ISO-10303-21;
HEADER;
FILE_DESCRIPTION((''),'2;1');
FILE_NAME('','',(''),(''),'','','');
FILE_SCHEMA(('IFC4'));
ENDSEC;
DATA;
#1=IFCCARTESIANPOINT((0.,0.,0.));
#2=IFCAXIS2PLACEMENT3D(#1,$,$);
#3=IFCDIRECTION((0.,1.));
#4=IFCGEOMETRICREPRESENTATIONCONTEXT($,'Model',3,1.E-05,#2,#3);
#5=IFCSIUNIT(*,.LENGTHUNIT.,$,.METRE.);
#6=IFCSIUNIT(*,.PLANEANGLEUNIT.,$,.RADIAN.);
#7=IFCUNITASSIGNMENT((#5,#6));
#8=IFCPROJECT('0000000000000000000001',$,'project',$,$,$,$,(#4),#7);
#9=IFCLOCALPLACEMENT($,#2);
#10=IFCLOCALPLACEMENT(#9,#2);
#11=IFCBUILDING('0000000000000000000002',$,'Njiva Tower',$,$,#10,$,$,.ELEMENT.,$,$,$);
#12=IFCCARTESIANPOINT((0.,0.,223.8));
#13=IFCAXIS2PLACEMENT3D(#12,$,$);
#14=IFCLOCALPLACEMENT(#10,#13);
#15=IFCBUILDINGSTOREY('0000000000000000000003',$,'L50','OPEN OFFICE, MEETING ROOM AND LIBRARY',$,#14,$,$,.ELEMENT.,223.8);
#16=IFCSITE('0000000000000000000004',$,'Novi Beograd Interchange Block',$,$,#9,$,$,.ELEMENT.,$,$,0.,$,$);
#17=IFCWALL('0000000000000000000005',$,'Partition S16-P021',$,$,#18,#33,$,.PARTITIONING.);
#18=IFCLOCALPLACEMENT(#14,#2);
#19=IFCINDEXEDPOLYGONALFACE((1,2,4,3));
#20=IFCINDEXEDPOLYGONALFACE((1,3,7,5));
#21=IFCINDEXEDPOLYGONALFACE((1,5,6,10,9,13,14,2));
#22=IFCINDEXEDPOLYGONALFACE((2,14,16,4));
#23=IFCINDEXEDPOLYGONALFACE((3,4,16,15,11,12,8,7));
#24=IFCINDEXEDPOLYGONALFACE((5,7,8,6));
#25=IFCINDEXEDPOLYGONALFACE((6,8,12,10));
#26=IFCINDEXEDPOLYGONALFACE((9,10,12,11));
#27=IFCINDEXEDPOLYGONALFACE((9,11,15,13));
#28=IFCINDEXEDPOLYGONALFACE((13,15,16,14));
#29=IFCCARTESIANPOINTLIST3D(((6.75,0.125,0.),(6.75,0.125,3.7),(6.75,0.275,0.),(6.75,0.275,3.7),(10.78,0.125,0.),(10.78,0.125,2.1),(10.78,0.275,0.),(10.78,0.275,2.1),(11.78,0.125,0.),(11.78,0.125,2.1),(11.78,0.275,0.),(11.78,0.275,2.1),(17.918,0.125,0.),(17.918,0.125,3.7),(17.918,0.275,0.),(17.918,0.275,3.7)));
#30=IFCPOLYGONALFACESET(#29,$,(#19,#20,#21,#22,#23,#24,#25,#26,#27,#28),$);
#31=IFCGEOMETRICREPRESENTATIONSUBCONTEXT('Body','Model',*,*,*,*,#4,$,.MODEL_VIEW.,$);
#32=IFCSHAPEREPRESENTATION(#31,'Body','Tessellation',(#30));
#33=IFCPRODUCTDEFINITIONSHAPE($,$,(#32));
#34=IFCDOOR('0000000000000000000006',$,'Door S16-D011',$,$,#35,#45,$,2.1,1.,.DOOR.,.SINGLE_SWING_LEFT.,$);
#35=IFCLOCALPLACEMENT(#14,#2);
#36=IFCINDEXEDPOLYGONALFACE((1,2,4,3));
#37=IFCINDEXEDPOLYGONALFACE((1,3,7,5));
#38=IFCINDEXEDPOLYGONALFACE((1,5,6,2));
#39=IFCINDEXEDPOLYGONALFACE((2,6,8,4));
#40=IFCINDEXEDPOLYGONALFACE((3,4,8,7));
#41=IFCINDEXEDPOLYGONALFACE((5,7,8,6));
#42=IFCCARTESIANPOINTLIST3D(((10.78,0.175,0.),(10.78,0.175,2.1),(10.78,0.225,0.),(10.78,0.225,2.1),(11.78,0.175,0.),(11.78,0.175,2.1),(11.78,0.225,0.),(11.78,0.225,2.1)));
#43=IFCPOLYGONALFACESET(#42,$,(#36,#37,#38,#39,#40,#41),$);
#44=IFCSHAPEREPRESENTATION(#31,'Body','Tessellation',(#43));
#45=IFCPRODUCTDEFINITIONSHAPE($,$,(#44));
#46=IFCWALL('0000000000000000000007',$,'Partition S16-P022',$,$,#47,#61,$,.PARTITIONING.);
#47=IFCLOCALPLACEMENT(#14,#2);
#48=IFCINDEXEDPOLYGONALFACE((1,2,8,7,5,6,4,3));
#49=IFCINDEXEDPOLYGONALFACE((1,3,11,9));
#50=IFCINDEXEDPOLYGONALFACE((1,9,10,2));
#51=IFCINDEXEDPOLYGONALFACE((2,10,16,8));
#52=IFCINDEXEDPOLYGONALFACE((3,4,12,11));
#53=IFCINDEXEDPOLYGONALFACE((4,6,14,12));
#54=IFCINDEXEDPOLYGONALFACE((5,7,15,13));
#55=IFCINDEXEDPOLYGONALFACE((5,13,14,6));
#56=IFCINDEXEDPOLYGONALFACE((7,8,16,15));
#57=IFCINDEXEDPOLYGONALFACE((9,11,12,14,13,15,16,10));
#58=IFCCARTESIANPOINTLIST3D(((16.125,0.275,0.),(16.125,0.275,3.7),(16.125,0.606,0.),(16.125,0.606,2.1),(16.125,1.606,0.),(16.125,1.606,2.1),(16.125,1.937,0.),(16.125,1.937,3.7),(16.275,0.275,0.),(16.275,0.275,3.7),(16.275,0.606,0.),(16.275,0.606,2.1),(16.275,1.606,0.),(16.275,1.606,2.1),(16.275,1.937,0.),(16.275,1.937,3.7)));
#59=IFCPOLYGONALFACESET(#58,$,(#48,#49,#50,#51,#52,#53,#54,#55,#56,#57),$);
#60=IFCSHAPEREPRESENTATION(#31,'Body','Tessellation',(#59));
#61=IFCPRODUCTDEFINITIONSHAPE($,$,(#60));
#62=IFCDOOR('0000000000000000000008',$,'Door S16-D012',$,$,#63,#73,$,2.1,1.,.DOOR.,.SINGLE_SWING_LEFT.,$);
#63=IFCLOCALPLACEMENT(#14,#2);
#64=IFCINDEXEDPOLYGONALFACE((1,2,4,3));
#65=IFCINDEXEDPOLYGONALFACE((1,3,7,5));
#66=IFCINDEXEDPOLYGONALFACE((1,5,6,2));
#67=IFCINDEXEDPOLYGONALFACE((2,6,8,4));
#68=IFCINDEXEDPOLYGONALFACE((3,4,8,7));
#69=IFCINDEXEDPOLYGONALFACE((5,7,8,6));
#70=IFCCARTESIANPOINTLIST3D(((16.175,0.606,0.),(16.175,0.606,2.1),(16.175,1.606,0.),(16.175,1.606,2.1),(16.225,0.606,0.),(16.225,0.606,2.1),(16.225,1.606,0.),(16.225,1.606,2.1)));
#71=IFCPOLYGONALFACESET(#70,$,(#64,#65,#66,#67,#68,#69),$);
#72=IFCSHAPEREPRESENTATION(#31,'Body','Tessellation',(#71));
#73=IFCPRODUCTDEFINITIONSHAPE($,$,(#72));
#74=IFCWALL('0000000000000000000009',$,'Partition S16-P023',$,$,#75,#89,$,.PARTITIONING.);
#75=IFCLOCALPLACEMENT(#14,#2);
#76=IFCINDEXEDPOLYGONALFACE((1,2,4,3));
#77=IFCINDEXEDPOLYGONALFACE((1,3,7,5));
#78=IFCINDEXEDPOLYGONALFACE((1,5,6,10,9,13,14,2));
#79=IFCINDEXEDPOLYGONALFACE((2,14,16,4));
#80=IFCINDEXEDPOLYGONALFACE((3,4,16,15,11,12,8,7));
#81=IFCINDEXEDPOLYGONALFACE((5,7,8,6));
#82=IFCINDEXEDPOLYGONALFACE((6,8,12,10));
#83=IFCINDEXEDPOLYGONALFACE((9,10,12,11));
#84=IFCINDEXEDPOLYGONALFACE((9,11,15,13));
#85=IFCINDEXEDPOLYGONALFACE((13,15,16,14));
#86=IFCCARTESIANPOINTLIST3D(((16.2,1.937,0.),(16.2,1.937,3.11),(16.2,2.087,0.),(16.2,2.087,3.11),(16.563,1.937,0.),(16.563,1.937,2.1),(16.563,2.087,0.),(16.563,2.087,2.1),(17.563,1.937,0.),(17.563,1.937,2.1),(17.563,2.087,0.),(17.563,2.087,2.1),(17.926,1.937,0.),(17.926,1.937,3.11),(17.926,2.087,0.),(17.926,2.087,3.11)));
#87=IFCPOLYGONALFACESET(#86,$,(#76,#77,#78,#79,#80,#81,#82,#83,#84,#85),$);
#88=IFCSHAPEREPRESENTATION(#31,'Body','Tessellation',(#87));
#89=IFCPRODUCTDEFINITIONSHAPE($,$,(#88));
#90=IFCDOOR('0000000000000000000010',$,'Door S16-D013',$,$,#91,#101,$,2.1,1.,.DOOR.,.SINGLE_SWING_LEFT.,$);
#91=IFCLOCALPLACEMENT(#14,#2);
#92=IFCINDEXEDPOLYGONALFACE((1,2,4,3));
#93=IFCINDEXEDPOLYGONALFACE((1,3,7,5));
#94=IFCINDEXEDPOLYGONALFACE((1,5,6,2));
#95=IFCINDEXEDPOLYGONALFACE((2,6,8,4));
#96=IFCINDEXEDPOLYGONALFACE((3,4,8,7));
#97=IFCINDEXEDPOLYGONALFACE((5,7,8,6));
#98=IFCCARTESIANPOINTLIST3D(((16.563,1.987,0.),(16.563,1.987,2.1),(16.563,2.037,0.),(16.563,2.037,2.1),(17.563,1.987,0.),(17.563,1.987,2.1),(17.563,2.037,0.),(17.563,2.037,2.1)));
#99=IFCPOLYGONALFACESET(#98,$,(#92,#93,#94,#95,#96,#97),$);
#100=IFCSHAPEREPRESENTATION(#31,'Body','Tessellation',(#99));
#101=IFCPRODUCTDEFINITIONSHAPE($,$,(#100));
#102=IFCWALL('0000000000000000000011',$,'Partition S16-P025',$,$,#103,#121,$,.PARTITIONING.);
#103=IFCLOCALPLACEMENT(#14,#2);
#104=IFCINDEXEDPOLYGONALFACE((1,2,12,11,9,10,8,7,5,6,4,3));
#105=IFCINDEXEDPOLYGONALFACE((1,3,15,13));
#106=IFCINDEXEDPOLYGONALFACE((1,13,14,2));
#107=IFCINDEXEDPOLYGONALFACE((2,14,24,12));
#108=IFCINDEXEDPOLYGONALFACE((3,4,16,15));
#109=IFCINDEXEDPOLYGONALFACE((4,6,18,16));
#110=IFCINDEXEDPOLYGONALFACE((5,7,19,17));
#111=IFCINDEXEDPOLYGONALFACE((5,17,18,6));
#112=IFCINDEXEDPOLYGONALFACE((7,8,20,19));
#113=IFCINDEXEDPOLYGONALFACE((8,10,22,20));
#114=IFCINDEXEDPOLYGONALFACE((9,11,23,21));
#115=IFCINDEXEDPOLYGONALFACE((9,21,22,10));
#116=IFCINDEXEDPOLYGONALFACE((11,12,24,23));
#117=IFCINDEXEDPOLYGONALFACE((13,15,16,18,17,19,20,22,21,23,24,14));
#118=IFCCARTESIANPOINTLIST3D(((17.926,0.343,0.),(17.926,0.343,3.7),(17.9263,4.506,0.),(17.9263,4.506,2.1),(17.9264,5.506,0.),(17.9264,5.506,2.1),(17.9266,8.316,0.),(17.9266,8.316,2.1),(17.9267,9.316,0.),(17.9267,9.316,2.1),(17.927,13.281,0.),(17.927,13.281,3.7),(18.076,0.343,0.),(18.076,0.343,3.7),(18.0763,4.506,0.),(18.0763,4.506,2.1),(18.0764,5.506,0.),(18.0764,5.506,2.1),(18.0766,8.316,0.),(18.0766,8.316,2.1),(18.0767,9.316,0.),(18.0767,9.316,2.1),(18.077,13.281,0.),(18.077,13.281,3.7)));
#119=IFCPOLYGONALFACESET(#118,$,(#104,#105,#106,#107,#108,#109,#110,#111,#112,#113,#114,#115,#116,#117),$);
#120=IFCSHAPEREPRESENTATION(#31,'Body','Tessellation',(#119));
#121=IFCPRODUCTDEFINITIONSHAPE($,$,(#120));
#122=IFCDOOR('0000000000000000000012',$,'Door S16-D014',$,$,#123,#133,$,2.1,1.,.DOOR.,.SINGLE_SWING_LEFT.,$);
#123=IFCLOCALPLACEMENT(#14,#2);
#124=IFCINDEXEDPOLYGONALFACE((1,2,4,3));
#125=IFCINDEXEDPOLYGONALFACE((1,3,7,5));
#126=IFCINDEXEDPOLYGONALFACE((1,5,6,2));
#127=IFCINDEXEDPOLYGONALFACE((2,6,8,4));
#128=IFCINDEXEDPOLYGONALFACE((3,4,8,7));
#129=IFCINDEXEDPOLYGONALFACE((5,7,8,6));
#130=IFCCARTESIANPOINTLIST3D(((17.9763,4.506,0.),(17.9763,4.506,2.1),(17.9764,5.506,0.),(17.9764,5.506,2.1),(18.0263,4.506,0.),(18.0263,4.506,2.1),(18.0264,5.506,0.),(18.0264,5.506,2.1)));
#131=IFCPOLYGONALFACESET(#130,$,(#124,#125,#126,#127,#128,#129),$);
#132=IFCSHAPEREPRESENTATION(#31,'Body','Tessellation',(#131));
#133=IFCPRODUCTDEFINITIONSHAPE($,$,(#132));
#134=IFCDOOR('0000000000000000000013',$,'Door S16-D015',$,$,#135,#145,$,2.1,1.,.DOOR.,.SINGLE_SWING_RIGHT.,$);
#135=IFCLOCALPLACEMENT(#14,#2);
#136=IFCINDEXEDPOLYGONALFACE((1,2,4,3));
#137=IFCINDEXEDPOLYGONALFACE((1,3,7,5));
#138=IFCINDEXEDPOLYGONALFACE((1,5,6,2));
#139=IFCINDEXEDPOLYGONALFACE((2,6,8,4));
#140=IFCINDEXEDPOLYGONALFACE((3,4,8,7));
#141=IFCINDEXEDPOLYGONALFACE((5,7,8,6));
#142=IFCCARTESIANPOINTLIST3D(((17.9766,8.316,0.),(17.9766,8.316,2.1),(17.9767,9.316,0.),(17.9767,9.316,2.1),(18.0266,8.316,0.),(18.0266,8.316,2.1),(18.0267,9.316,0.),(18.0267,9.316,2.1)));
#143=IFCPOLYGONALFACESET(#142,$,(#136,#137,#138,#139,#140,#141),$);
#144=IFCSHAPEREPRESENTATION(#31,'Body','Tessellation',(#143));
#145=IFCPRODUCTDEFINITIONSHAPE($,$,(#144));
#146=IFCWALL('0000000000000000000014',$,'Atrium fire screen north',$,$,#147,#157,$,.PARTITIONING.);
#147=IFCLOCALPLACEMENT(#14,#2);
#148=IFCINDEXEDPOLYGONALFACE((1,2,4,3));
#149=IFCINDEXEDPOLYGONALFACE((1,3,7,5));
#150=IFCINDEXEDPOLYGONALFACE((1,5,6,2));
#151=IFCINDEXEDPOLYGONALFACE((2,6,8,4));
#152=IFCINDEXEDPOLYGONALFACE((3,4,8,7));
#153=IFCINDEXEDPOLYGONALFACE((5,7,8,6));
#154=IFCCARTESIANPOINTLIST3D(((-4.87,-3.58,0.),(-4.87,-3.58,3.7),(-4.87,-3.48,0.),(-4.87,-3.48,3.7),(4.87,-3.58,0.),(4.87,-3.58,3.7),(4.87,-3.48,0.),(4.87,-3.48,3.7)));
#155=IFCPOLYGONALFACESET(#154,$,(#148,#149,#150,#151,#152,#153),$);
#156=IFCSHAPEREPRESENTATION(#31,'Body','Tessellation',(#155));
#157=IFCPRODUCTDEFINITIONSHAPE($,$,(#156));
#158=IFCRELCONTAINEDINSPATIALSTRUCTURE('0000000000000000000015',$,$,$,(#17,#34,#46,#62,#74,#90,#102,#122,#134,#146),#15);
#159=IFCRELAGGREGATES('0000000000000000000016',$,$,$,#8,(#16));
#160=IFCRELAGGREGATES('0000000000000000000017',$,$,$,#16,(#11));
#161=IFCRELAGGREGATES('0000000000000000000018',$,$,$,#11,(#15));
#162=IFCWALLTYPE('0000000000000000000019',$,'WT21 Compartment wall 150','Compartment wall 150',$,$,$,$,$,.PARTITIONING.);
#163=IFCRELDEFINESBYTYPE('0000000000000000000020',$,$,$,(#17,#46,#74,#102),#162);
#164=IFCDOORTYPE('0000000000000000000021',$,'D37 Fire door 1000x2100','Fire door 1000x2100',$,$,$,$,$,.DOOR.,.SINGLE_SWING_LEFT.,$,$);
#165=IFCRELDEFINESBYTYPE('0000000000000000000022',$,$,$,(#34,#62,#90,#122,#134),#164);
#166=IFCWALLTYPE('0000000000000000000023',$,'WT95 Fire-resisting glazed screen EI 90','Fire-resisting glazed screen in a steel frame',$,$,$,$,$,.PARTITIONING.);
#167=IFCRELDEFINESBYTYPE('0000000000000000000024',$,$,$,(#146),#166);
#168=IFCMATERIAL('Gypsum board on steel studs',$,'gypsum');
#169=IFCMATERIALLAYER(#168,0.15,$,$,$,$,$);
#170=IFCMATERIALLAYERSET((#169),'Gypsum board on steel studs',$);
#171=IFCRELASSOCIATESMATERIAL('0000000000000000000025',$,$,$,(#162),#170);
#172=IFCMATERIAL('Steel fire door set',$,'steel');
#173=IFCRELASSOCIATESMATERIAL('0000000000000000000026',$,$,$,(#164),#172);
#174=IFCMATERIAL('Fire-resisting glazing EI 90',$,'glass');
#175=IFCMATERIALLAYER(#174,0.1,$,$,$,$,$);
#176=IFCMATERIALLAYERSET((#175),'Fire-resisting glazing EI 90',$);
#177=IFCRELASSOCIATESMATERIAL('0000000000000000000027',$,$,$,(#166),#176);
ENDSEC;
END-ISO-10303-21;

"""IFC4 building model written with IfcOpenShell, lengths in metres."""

from ifc_helpers import new_model, si_unit, direction, frame, frame_2d, origin, place, context, subcontext, project, spatial, rectangle, extrude, material, layer, layer_set, type_object, element, fill, save


model = new_model("IFC4")

# Units and contexts
model_context = context("Model", 3, precision=1e-05, world=origin(), true_north=direction((0.0, 1.0)))
body_context = subcontext(model_context, "Body", "Model", "MODEL_VIEW")
ifc_project = project(units=[si_unit("LENGTHUNIT", "METRE"), si_unit("PLANEANGLEUNIT", "RADIAN")], contexts=[model_context])

# Site, building, storey
site_placement = place(None, origin())
site = spatial("IfcSite", under=ifc_project, at=site_placement, Name="Novi Beograd Interchange Block", CompositionType="ELEMENT", RefElevation=0.0)
building_placement = place(site_placement, origin())
building = spatial("IfcBuilding", under=site, at=building_placement, Name="Njiva Tower", CompositionType="ELEMENT")
storey_placement = place(building_placement, frame((0.0, 0.0, 223.8)))
storey = spatial("IfcBuildingStorey", under=building, at=storey_placement, Name="L50", Description="OPEN OFFICE, MEETING ROOM AND LIBRARY", CompositionType="ELEMENT", Elevation=223.8)

# Shared definitions
ifc_material_1 = material(Name="Gypsum board on steel studs", Category="gypsum")
ifc_layer_1 = layer(ifc_material_1, 0.15)
ifc_layer_set_1 = layer_set([ifc_layer_1], Name="Gypsum board on steel studs")
wall_type_1 = type_object("IfcWallType", Name="WT21 Compartment wall 150", Description="Compartment wall 150", PredefinedType="PARTITIONING", material=ifc_layer_set_1)

# Walls, openings, doors
wall_1_placement = place(storey_placement, frame((6.75, 0.2, 0.0), z_axis=(0.0, 0.0, 1.0), x_axis=(1.0, 0.0, 0.0)))
wall_1 = element("IfcWall", 1, at=wall_1_placement, inside=storey, type_object=wall_type_1, Name="Partition S16-P021", PredefinedType="PARTITIONING", context=body_context, shape_type="SweptSolid", body=[
    extrude(rectangle(XDim=11.168, YDim=0.15, at=frame_2d((5.584, 0.0))), origin(), (0.0, 0.0, 1.0), 3.7),
])
opening_1_placement = place(wall_1_placement, frame((4.03, 0.0, 0.0)))
opening_1 = element("IfcOpeningElement", 2, at=opening_1_placement, cuts=wall_1, PredefinedType="OPENING", context=body_context, shape_type="SweptSolid", body=[
    extrude(rectangle(XDim=1.0, YDim=2.1, at=frame_2d((0.5, 1.05))), frame((0.0, 0.085, 0.0), z_axis=(0.0, -1.0, 0.0), x_axis=(1.0, 0.0, 0.0)), (0.0, 0.0, 1.0), 0.17),
])
ifc_material_2 = material(Name="Steel fire door set", Category="steel")
door_type = type_object("IfcDoorType", Name="D37 Fire door 1000x2100", Description="Fire door 1000x2100", OperationType="SINGLE_SWING_LEFT", PredefinedType="DOOR", material=ifc_material_2)
door_1_placement = place(opening_1_placement, origin())
door_1 = element("IfcDoor", 3, at=door_1_placement, inside=storey, type_object=door_type, Name="Door S16-D011", OperationType="SINGLE_SWING_LEFT", OverallHeight=2.1, OverallWidth=1.0, PredefinedType="DOOR", context=body_context, shape_type="SweptSolid", body=[
    extrude(rectangle(XDim=1.0, YDim=2.1, at=frame_2d((0.5, 1.05))), frame((0.0, 0.025, 0.0), z_axis=(0.0, -1.0, 0.0), x_axis=(1.0, 0.0, 0.0)), (0.0, 0.0, 1.0), 0.05),
])
fill(opening_1, door_1)
wall_2_placement = place(storey_placement, frame((16.2, 0.275, 0.0), z_axis=(0.0, 0.0, 1.0), x_axis=(0.0, 1.0, 0.0)))
wall_2 = element("IfcWall", 4, at=wall_2_placement, inside=storey, type_object=wall_type_1, Name="Partition S16-P022", PredefinedType="PARTITIONING", context=body_context, shape_type="SweptSolid", body=[
    extrude(rectangle(XDim=1.662, YDim=0.15, at=frame_2d((0.831, 0.0))), origin(), (0.0, 0.0, 1.0), 3.7),
])
opening_2_placement = place(wall_2_placement, frame((0.331, 0.0, 0.0)))
opening_2 = element("IfcOpeningElement", 5, at=opening_2_placement, cuts=wall_2, PredefinedType="OPENING", context=body_context, shape_type="SweptSolid", body=[
    extrude(rectangle(XDim=1.0, YDim=2.1, at=frame_2d((0.5, 1.05))), frame((0.0, 0.085, 0.0), z_axis=(0.0, -1.0, 0.0), x_axis=(1.0, 0.0, 0.0)), (0.0, 0.0, 1.0), 0.17),
])
door_2_placement = place(opening_2_placement, origin())
door_2 = element("IfcDoor", 6, at=door_2_placement, inside=storey, type_object=door_type, Name="Door S16-D012", OperationType="SINGLE_SWING_LEFT", OverallHeight=2.1, OverallWidth=1.0, PredefinedType="DOOR", context=body_context, shape_type="SweptSolid", body=[
    extrude(rectangle(XDim=1.0, YDim=2.1, at=frame_2d((0.5, 1.05))), frame((0.0, 0.025, 0.0), z_axis=(0.0, -1.0, 0.0), x_axis=(1.0, 0.0, 0.0)), (0.0, 0.0, 1.0), 0.05),
])
fill(opening_2, door_2)
wall_3_placement = place(storey_placement, frame((16.2, 2.012, 0.0), z_axis=(0.0, 0.0, 1.0), x_axis=(1.0, 0.0, 0.0)))
wall_3 = element("IfcWall", 7, at=wall_3_placement, inside=storey, type_object=wall_type_1, Name="Partition S16-P023", PredefinedType="PARTITIONING", context=body_context, shape_type="SweptSolid", body=[
    extrude(rectangle(XDim=1.726, YDim=0.15, at=frame_2d((0.863, 0.0))), origin(), (0.0, 0.0, 1.0), 3.11),
])
opening_3_placement = place(wall_3_placement, frame((0.363, 0.0, 0.0)))
opening_3 = element("IfcOpeningElement", 8, at=opening_3_placement, cuts=wall_3, PredefinedType="OPENING", context=body_context, shape_type="SweptSolid", body=[
    extrude(rectangle(XDim=1.0, YDim=2.1, at=frame_2d((0.5, 1.05))), frame((0.0, 0.085, 0.0), z_axis=(0.0, -1.0, 0.0), x_axis=(1.0, 0.0, 0.0)), (0.0, 0.0, 1.0), 0.17),
])
door_3_placement = place(opening_3_placement, origin())
door_3 = element("IfcDoor", 9, at=door_3_placement, inside=storey, type_object=door_type, Name="Door S16-D013", OperationType="SINGLE_SWING_LEFT", OverallHeight=2.1, OverallWidth=1.0, PredefinedType="DOOR", context=body_context, shape_type="SweptSolid", body=[
    extrude(rectangle(XDim=1.0, YDim=2.1, at=frame_2d((0.5, 1.05))), frame((0.0, 0.025, 0.0), z_axis=(0.0, -1.0, 0.0), x_axis=(1.0, 0.0, 0.0)), (0.0, 0.0, 1.0), 0.05),
])
fill(opening_3, door_3)

# Wall, openings, doors
wall_4_placement = place(storey_placement, frame((18.001, 0.343, 0.0), z_axis=(0.0, 0.0, 1.0), x_axis=(0.000077, 1.0, 0.0)))
wall_4 = element("IfcWall", 10, at=wall_4_placement, inside=storey, type_object=wall_type_1, Name="Partition S16-P025", PredefinedType="PARTITIONING", context=body_context, shape_type="SweptSolid", body=[
    extrude(rectangle(XDim=12.938, YDim=0.15, at=frame_2d((6.469, 0.0))), origin(), (0.0, 0.0, 1.0), 3.7),
])
opening_4_placement = place(wall_4_placement, frame((4.163, 0.0, 0.0)))
opening_4 = element("IfcOpeningElement", 11, at=opening_4_placement, cuts=wall_4, PredefinedType="OPENING", context=body_context, shape_type="SweptSolid", body=[
    extrude(rectangle(XDim=1.0, YDim=2.1, at=frame_2d((0.5, 1.05))), frame((0.0, 0.085, 0.0), z_axis=(0.0, -1.0, 0.0), x_axis=(1.0, 0.0, 0.0)), (0.0, 0.0, 1.0), 0.17),
])
opening_5_placement = place(wall_4_placement, frame((7.973, 0.0, 0.0)))
opening_5 = element("IfcOpeningElement", 12, at=opening_5_placement, cuts=wall_4, PredefinedType="OPENING", context=body_context, shape_type="SweptSolid", body=[
    extrude(rectangle(XDim=1.0, YDim=2.1, at=frame_2d((0.5, 1.05))), frame((0.0, 0.085, 0.0), z_axis=(0.0, -1.0, 0.0), x_axis=(1.0, 0.0, 0.0)), (0.0, 0.0, 1.0), 0.17),
])
door_4_placement = place(opening_4_placement, origin())
door_4 = element("IfcDoor", 13, at=door_4_placement, inside=storey, type_object=door_type, Name="Door S16-D014", OperationType="SINGLE_SWING_LEFT", OverallHeight=2.1, OverallWidth=1.0, PredefinedType="DOOR", context=body_context, shape_type="SweptSolid", body=[
    extrude(rectangle(XDim=1.0, YDim=2.1, at=frame_2d((0.5, 1.05))), frame((0.0, 0.025, 0.0), z_axis=(0.0, -1.0, 0.0), x_axis=(1.0, 0.0, 0.0)), (0.0, 0.0, 1.0), 0.05),
])
fill(opening_4, door_4)
door_5_placement = place(opening_5_placement, origin())
door_5 = element("IfcDoor", 14, at=door_5_placement, inside=storey, type_object=door_type, Name="Door S16-D015", OperationType="SINGLE_SWING_RIGHT", OverallHeight=2.1, OverallWidth=1.0, PredefinedType="DOOR", context=body_context, shape_type="SweptSolid", body=[
    extrude(rectangle(XDim=1.0, YDim=2.1, at=frame_2d((0.5, 1.05))), frame((0.0, 0.025, 0.0), z_axis=(0.0, -1.0, 0.0), x_axis=(1.0, 0.0, 0.0)), (0.0, 0.0, 1.0), 0.05),
])
fill(opening_5, door_5)

# Wall
ifc_material_3 = material(Name="Fire-resisting glazing EI 90", Category="glass")
ifc_layer_2 = layer(ifc_material_3, 0.1)
ifc_layer_set_2 = layer_set([ifc_layer_2], Name="Fire-resisting glazing EI 90")
wall_type_2 = type_object("IfcWallType", Name="WT95 Fire-resisting glazed screen EI 90", Description="Fire-resisting glazed screen in a steel frame", PredefinedType="PARTITIONING", material=ifc_layer_set_2)
wall_5_placement = place(storey_placement, frame((4.87, -3.53, 0.0), z_axis=(0.0, 0.0, 1.0), x_axis=(-1.0, 0.0, 0.0)))
element("IfcWall", 15, at=wall_5_placement, inside=storey, type_object=wall_type_2, Name="Atrium fire screen north", PredefinedType="PARTITIONING", context=body_context, shape_type="SweptSolid", body=[
    extrude(rectangle(XDim=9.74, YDim=0.1, at=frame_2d((4.87, 0.0))), origin(), (0.0, 0.0, 1.0), 3.7),
])

save(model, "model.ifc")
